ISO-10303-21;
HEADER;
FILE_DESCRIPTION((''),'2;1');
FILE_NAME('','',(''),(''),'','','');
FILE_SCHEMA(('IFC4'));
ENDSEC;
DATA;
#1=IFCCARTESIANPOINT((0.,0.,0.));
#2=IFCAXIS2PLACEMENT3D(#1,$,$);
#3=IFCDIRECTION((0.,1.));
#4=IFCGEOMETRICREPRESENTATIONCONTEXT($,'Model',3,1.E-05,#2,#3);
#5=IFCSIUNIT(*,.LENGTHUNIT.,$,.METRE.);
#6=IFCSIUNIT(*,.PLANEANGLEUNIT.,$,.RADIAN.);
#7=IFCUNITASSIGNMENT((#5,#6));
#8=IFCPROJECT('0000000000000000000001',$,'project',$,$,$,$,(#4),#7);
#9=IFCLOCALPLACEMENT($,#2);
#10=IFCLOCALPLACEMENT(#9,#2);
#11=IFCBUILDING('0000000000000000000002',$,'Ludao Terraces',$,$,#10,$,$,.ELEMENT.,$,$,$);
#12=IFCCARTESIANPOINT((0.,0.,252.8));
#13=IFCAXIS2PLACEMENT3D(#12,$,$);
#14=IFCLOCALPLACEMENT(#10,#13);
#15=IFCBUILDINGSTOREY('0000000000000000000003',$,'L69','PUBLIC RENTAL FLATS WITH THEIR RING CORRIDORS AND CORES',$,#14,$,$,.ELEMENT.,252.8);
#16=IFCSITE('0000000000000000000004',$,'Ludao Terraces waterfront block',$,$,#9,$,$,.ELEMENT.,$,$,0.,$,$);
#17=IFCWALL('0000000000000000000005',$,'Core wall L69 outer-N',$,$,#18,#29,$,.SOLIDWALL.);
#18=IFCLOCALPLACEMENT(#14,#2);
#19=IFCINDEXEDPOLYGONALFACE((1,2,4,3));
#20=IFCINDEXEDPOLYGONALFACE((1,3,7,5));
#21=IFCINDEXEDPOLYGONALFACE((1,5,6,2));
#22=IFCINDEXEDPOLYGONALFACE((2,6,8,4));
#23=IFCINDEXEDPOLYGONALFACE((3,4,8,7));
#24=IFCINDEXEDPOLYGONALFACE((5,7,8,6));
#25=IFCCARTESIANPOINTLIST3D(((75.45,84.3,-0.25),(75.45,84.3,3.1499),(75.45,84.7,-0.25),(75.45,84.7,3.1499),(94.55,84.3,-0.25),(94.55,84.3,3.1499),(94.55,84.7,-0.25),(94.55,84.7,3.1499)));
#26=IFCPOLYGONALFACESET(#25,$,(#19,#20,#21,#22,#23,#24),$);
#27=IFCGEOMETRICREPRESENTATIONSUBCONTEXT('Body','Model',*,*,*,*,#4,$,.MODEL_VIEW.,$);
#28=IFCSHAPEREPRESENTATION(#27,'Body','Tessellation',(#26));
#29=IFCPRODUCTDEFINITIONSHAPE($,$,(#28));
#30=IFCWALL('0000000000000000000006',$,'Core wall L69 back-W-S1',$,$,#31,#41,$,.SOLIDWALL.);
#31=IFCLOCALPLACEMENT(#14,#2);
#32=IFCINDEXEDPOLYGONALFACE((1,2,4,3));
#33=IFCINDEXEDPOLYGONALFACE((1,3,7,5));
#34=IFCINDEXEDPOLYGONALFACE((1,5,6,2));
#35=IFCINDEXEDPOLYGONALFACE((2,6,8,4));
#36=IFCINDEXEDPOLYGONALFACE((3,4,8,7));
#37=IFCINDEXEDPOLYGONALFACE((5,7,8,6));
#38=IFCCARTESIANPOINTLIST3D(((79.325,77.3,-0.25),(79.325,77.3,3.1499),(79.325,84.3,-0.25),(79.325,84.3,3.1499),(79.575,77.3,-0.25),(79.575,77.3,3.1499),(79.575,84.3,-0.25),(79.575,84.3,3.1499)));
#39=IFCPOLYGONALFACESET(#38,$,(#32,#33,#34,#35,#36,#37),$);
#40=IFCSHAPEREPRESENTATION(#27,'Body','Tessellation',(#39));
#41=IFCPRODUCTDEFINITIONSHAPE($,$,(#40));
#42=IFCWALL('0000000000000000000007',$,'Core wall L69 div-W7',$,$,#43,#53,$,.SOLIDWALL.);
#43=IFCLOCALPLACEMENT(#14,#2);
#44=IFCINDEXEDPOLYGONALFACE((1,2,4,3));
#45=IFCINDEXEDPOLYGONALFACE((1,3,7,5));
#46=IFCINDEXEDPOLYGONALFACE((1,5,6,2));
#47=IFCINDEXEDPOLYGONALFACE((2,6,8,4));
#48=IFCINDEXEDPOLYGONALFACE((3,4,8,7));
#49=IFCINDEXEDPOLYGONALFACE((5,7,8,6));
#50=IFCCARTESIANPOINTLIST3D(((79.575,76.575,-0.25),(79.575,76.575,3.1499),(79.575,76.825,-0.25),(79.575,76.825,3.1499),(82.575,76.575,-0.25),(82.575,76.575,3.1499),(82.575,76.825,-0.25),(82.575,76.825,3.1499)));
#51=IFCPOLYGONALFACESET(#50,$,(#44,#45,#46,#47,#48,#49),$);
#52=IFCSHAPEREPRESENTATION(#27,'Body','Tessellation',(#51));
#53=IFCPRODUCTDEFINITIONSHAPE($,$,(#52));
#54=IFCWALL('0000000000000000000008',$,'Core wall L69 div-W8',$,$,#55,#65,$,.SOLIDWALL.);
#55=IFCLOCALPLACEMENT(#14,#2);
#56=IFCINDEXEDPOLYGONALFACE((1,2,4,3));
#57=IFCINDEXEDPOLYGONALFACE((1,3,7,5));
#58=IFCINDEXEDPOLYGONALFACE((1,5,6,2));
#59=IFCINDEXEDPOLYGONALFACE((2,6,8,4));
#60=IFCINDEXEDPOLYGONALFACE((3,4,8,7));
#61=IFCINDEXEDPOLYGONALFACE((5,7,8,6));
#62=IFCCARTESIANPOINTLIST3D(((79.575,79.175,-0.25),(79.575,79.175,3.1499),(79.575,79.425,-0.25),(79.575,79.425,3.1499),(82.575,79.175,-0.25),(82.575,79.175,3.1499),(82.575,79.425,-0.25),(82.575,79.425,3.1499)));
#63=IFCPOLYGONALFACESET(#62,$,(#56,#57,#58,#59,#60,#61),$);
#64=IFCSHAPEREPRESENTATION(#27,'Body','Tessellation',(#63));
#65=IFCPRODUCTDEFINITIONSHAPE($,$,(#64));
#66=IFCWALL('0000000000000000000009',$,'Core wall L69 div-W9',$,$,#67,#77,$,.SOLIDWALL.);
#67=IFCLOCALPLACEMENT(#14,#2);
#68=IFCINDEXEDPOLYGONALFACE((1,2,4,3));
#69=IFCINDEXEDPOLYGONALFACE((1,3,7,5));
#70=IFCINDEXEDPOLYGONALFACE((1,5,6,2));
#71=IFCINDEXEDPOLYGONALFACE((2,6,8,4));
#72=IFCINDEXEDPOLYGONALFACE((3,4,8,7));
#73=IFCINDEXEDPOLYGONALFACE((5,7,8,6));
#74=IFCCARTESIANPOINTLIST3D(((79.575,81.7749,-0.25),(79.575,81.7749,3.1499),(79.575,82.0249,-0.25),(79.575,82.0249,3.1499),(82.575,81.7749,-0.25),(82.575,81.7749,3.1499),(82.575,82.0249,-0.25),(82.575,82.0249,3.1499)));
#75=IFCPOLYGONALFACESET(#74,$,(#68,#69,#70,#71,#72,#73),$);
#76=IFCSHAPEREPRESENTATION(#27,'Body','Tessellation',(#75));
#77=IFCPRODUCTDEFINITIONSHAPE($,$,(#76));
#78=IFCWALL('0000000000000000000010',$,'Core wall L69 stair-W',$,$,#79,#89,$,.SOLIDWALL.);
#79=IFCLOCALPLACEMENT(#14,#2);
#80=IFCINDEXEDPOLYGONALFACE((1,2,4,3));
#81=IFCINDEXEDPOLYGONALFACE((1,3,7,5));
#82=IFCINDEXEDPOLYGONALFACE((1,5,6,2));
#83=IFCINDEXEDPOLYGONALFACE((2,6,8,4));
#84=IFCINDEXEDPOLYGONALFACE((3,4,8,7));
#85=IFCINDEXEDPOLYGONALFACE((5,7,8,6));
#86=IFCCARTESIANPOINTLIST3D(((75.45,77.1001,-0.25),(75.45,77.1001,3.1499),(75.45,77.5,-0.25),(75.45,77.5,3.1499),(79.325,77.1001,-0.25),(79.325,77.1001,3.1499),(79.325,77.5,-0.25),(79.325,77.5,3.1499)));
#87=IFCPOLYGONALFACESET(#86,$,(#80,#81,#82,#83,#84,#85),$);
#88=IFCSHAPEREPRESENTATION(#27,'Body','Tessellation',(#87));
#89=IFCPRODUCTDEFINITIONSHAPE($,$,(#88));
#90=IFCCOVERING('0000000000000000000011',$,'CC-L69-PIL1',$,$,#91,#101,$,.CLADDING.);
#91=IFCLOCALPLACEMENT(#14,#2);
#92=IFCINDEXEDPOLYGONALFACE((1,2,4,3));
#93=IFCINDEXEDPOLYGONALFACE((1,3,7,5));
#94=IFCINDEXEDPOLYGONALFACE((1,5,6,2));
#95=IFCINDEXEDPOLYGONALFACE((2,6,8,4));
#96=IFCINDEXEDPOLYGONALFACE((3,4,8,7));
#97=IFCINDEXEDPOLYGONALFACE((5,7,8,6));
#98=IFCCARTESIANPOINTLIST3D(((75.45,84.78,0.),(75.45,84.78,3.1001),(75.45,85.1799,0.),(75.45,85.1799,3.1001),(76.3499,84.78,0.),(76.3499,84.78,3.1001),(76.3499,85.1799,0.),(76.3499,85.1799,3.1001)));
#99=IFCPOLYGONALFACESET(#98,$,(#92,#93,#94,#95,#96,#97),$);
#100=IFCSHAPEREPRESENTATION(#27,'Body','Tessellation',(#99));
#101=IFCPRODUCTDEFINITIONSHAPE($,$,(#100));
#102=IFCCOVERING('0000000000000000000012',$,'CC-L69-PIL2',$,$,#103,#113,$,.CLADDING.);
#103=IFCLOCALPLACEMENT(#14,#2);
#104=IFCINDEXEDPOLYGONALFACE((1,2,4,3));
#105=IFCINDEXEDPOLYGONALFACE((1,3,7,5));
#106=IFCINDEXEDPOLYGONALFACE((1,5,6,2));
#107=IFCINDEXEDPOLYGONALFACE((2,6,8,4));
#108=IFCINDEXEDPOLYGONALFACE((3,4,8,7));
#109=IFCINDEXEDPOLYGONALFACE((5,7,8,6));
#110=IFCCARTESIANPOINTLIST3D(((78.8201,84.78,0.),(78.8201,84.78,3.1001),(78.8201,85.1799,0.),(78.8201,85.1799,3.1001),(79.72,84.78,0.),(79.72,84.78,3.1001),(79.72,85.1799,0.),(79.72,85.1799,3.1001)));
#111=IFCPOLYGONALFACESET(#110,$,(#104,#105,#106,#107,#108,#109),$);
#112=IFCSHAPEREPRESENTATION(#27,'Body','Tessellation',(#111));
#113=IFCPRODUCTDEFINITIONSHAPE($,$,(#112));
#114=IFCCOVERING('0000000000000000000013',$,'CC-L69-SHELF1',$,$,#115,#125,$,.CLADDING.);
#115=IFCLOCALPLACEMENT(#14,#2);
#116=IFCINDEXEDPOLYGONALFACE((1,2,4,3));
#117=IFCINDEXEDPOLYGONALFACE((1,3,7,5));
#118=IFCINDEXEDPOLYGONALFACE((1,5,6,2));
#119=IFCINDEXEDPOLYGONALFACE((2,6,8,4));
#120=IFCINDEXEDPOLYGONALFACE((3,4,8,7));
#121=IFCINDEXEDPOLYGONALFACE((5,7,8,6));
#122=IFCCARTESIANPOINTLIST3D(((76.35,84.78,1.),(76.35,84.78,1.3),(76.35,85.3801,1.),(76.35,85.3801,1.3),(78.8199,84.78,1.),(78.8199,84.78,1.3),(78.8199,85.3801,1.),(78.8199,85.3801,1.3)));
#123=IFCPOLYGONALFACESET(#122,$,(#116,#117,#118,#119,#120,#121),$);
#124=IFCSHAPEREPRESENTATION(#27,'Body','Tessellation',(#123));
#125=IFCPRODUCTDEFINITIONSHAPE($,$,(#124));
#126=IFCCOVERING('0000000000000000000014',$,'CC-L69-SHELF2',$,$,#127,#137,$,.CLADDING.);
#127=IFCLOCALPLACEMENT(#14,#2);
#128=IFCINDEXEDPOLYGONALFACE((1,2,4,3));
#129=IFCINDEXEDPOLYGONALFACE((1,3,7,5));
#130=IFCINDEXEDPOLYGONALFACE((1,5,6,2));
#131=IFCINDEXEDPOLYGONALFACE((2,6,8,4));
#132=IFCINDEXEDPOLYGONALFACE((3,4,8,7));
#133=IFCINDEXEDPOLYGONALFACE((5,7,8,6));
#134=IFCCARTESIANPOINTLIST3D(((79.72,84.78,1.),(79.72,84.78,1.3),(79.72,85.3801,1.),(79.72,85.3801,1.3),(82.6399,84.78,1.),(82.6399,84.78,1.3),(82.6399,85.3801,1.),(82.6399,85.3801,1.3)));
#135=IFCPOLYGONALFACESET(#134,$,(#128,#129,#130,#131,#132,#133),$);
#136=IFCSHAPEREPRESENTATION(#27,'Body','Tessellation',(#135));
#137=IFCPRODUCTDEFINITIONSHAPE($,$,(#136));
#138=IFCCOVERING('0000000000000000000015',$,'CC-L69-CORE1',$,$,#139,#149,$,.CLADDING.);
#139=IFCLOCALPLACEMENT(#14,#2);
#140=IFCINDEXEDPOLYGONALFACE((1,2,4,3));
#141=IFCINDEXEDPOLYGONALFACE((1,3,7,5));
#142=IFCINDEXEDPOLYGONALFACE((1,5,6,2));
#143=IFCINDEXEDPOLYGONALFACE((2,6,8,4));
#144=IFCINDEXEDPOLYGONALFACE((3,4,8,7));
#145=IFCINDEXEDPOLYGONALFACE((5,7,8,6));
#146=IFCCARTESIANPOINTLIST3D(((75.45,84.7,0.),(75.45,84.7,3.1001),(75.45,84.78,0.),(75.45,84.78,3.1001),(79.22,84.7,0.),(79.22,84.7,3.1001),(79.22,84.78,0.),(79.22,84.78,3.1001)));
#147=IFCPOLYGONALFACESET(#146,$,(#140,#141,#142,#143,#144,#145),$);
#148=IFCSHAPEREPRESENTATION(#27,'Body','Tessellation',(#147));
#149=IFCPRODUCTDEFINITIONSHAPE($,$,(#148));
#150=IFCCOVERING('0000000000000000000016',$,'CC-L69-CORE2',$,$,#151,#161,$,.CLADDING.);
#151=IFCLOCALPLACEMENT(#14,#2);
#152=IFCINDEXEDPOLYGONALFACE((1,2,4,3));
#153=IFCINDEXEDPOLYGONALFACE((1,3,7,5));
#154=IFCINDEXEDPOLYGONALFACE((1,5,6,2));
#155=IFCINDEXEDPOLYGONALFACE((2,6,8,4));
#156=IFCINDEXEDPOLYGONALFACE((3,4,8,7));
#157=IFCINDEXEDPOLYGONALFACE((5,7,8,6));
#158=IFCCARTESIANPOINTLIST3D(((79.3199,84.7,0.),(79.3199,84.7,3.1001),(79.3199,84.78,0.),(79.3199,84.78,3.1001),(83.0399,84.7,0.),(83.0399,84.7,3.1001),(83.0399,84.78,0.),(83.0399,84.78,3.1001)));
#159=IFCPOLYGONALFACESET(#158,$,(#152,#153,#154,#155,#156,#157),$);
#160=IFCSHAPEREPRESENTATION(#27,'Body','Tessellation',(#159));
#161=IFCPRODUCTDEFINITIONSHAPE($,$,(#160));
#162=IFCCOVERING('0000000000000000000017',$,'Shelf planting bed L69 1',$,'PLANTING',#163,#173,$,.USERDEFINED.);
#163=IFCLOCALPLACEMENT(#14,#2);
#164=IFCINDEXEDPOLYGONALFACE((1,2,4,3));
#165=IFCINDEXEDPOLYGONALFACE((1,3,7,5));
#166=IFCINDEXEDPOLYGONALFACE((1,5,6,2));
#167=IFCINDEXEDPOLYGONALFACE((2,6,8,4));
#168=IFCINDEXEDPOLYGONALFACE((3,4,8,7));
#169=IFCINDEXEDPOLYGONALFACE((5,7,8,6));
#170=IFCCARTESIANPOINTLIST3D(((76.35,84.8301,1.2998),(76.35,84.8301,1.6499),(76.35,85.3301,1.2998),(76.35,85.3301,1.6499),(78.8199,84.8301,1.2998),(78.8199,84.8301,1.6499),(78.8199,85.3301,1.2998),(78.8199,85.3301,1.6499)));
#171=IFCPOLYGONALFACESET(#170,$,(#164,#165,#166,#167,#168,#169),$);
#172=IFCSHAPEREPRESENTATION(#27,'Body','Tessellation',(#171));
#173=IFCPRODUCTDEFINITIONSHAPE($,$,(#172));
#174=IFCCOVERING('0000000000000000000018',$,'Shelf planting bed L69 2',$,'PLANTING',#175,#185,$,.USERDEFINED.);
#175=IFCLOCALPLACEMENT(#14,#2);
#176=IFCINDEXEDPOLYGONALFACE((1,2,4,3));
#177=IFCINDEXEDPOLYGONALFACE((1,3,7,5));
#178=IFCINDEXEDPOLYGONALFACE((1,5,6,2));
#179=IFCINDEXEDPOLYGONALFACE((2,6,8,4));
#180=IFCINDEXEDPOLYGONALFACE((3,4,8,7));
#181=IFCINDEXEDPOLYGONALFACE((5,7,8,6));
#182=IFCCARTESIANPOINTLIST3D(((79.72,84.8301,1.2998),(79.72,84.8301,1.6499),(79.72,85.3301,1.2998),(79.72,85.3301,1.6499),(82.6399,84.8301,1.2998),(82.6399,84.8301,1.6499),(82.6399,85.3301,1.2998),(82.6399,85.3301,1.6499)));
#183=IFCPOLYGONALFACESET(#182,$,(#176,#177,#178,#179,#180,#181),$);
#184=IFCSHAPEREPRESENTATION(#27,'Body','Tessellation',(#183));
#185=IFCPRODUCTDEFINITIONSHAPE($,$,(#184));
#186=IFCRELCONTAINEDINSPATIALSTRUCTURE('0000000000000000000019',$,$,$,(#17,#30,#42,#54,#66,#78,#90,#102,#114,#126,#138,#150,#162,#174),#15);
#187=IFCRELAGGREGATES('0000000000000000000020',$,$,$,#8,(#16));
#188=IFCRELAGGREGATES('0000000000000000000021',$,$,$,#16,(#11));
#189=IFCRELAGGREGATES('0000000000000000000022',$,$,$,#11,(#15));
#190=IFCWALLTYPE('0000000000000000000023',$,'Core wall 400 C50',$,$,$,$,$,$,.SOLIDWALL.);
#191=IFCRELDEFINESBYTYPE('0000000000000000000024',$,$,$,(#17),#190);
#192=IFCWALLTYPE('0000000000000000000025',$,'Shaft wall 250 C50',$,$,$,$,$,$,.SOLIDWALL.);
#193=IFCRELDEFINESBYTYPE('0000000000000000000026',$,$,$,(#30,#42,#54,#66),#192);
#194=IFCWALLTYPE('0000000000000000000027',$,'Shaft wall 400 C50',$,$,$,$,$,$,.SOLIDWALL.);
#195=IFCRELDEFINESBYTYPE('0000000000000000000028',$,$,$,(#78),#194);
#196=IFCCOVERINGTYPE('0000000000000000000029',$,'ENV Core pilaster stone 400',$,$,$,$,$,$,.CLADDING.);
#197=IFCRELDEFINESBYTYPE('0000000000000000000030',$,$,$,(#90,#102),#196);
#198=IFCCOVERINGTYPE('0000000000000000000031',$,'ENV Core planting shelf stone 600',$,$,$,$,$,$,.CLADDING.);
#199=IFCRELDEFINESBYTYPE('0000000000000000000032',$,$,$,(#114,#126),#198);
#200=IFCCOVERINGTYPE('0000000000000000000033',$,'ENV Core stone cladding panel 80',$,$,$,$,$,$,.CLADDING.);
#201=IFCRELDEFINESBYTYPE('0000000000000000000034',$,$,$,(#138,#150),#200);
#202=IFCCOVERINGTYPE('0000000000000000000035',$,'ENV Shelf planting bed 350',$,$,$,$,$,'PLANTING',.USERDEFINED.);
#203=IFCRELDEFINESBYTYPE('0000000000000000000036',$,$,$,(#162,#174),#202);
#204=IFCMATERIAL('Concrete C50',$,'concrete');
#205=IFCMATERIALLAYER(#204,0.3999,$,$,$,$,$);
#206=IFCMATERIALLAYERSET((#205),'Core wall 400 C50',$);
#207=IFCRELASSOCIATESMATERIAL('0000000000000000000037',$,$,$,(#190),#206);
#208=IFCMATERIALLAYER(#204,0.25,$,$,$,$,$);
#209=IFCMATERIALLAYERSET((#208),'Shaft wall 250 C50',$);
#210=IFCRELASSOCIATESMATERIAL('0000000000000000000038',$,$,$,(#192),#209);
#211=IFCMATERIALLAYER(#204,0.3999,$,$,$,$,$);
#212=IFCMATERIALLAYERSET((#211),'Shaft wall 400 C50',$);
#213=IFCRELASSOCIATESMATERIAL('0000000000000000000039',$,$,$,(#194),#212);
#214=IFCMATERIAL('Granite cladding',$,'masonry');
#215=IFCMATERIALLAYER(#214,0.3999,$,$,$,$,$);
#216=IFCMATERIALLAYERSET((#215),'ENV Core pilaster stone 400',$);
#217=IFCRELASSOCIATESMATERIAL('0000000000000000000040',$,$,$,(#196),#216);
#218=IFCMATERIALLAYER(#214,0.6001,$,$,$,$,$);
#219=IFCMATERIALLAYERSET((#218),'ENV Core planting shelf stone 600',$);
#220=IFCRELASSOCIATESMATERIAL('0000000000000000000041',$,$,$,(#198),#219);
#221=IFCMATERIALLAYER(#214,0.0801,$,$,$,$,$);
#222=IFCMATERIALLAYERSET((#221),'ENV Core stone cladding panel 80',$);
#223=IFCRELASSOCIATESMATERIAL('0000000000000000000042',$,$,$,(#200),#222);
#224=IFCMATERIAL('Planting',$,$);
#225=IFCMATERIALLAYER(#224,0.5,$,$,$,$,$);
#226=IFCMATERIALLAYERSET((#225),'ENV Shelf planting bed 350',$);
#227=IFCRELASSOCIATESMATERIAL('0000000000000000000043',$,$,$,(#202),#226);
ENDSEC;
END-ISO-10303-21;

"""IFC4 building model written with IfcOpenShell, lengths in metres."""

from ifc_helpers import new_model, si_unit, direction, frame, frame_2d, origin, origin_2d, place, context, subcontext, project, spatial, rectangle, extrude, material, layer, layer_set, type_object, element, save


model = new_model("IFC4")

# Units and contexts
model_context = context("Model", 3, precision=1e-05, world=origin(), true_north=direction((0.0, 1.0)))
body_context = subcontext(model_context, "Body", "Model", "MODEL_VIEW")
ifc_project = project(units=[si_unit("LENGTHUNIT", "METRE"), si_unit("PLANEANGLEUNIT", "RADIAN")], contexts=[model_context])

# Site, building, storey
site_placement = place(None, origin())
site = spatial("IfcSite", under=ifc_project, at=site_placement, Name="Ludao Terraces waterfront block", CompositionType="ELEMENT", RefElevation=0.0)
building_placement = place(site_placement, origin())
building = spatial("IfcBuilding", under=site, at=building_placement, Name="Ludao Terraces", CompositionType="ELEMENT")
storey_placement = place(building_placement, frame((0.0, 0.0, 252.8)))
storey = spatial("IfcBuildingStorey", under=building, at=storey_placement, Name="L69", Description="PUBLIC RENTAL FLATS WITH THEIR RING CORRIDORS AND CORES", CompositionType="ELEMENT", Elevation=252.8)

# Walls
ifc_material_1 = material(Name="Concrete C50", Category="concrete")
ifc_layer_1 = layer(ifc_material_1, 0.3999)
ifc_layer_set_1 = layer_set([ifc_layer_1], Name="Core wall 400 C50")
wall_type_1 = type_object("IfcWallType", Name="Core wall 400 C50", PredefinedType="SOLIDWALL", material=ifc_layer_set_1)
wall_1_placement = place(storey_placement, frame((75.45, 84.5, -0.25), z_axis=(0.0, 0.0, 1.0), x_axis=(1.0, 0.0, 0.0)))
element("IfcWall", 1, at=wall_1_placement, inside=storey, type_object=wall_type_1, Name="Core wall L69 outer-N", PredefinedType="SOLIDWALL", context=body_context, shape_type="SweptSolid", body=[
    extrude(rectangle(XDim=19.1001, YDim=0.3999, at=frame_2d((9.55, 0.0))), origin(), (0.0, 0.0, 1.0), 3.3999),
])
ifc_layer_2 = layer(ifc_material_1, 0.25)
ifc_layer_set_2 = layer_set([ifc_layer_2], Name="Shaft wall 250 C50")
wall_type_2 = type_object("IfcWallType", Name="Shaft wall 250 C50", PredefinedType="SOLIDWALL", material=ifc_layer_set_2)
wall_2_placement = place(storey_placement, frame((79.45, 77.3, -0.25), z_axis=(0.0, 0.0, 1.0), x_axis=(0.0, 1.0, 0.0)))
element("IfcWall", 2, at=wall_2_placement, inside=storey, type_object=wall_type_2, Name="Core wall L69 back-W-S1", PredefinedType="SOLIDWALL", context=body_context, shape_type="SweptSolid", body=[
    extrude(rectangle(XDim=7.0, YDim=0.25, at=frame_2d((3.5, 0.0))), origin(), (0.0, 0.0, 1.0), 3.3999),
])
for number, where, z_axis, x_axis, name in (
    (3, (79.575, 76.7, -0.25), (0.0, 0.0, 1.0), (1.0, 0.0, 0.0), "Core wall L69 div-W7"),
    (4, (79.575, 79.3, -0.25), (0.0, 0.0, 1.0), (1.0, 0.0, 0.0), "Core wall L69 div-W8"),
    (5, (79.575, 81.8999, -0.25), (0.0, 0.0, 1.0), (1.0, 0.0, 0.0), "Core wall L69 div-W9"),
):
    element("IfcWall", number, at=place(storey_placement, frame(where, z_axis=z_axis, x_axis=x_axis)), inside=storey, type_object=wall_type_2, Name=name, PredefinedType="SOLIDWALL", context=body_context, shape_type="SweptSolid", body=[
        extrude(rectangle(XDim=3.0, YDim=0.25, at=frame_2d((1.5, 0.0))), origin(), (0.0, 0.0, 1.0), 3.3999),
    ])
ifc_layer_3 = layer(ifc_material_1, 0.3999)
ifc_layer_set_3 = layer_set([ifc_layer_3], Name="Shaft wall 400 C50")
wall_type_3 = type_object("IfcWallType", Name="Shaft wall 400 C50", PredefinedType="SOLIDWALL", material=ifc_layer_set_3)
wall_3_placement = place(storey_placement, frame((75.45, 77.3, -0.25), z_axis=(0.0, 0.0, 1.0), x_axis=(1.0, 0.0, 0.0)))
element("IfcWall", 6, at=wall_3_placement, inside=storey, type_object=wall_type_3, Name="Core wall L69 stair-W", PredefinedType="SOLIDWALL", context=body_context, shape_type="SweptSolid", body=[
    extrude(rectangle(XDim=3.875, YDim=0.3999, at=frame_2d((1.9375, 0.0))), origin(), (0.0, 0.0, 1.0), 3.3999),
])

# Coverings
ifc_material_2 = material(Name="Granite cladding", Category="masonry")
ifc_layer_4 = layer(ifc_material_2, 0.3999)
ifc_layer_set_4 = layer_set([ifc_layer_4], Name="ENV Core pilaster stone 400")
covering_type_1 = type_object("IfcCoveringType", Name="ENV Core pilaster stone 400", PredefinedType="CLADDING", material=ifc_layer_set_4)
for number, where, z_axis, x_axis, name in (
    (7, (75.8999, 84.98, 0.0), (0.0, 0.0, 1.0), (1.0, 0.0, 0.0), "CC-L69-PIL1"),
    (8, (79.27, 84.98, 0.0), (0.0, 0.0, 1.0), (1.0, 0.0, 0.0), "CC-L69-PIL2"),
):
    element("IfcCovering", number, at=place(storey_placement, frame(where, z_axis=z_axis, x_axis=x_axis)), inside=storey, type_object=covering_type_1, Name=name, PredefinedType="CLADDING", context=body_context, shape_type="SweptSolid", body=[
        extrude(rectangle(XDim=0.8999, YDim=0.3999, at=origin_2d()), origin(), (0.0, 0.0, 1.0), 3.1001),
    ])
ifc_layer_5 = layer(ifc_material_2, 0.6001)
ifc_layer_set_5 = layer_set([ifc_layer_5], Name="ENV Core planting shelf stone 600")
covering_type_2 = type_object("IfcCoveringType", Name="ENV Core planting shelf stone 600", PredefinedType="CLADDING", material=ifc_layer_set_5)
covering_1_placement = place(storey_placement, frame((77.585, 85.0801, 1.0), z_axis=(0.0, 0.0, 1.0), x_axis=(1.0, 0.0, 0.0)))
element("IfcCovering", 9, at=covering_1_placement, inside=storey, type_object=covering_type_2, Name="CC-L69-SHELF1", PredefinedType="CLADDING", context=body_context, shape_type="SweptSolid", body=[
    extrude(rectangle(XDim=2.47, YDim=0.6001, at=origin_2d()), origin(), (0.0, 0.0, 1.0), 0.3),
])
covering_2_placement = place(storey_placement, frame((81.1799, 85.0801, 1.0), z_axis=(0.0, 0.0, 1.0), x_axis=(1.0, 0.0, 0.0)))
element("IfcCovering", 10, at=covering_2_placement, inside=storey, type_object=covering_type_2, Name="CC-L69-SHELF2", PredefinedType="CLADDING", context=body_context, shape_type="SweptSolid", body=[
    extrude(rectangle(XDim=2.9199, YDim=0.6001, at=origin_2d()), origin(), (0.0, 0.0, 1.0), 0.3),
])
ifc_layer_6 = layer(ifc_material_2, 0.0801)
ifc_layer_set_6 = layer_set([ifc_layer_6], Name="ENV Core stone cladding panel 80")
covering_type_3 = type_object("IfcCoveringType", Name="ENV Core stone cladding panel 80", PredefinedType="CLADDING", material=ifc_layer_set_6)
covering_3_placement = place(storey_placement, frame((77.335, 84.74, 0.0), z_axis=(0.0, 0.0, 1.0), x_axis=(1.0, 0.0, 0.0)))
element("IfcCovering", 11, at=covering_3_placement, inside=storey, type_object=covering_type_3, Name="CC-L69-CORE1", PredefinedType="CLADDING", context=body_context, shape_type="SweptSolid", body=[
    extrude(rectangle(XDim=3.77, YDim=0.0801, at=origin_2d()), origin(), (0.0, 0.0, 1.0), 3.1001),
])
covering_4_placement = place(storey_placement, frame((81.1799, 84.74, 0.0), z_axis=(0.0, 0.0, 1.0), x_axis=(1.0, 0.0, 0.0)))
element("IfcCovering", 12, at=covering_4_placement, inside=storey, type_object=covering_type_3, Name="CC-L69-CORE2", PredefinedType="CLADDING", context=body_context, shape_type="SweptSolid", body=[
    extrude(rectangle(XDim=3.72, YDim=0.0801, at=origin_2d()), origin(), (0.0, 0.0, 1.0), 3.1001),
])
ifc_material_3 = material(Name="Planting")
ifc_layer_7 = layer(ifc_material_3, 0.5)
ifc_layer_set_7 = layer_set([ifc_layer_7], Name="ENV Shelf planting bed 350")
covering_type_4 = type_object("IfcCoveringType", Name="ENV Shelf planting bed 350", ElementType="PLANTING", PredefinedType="USERDEFINED", material=ifc_layer_set_7)
covering_5_placement = place(storey_placement, frame((77.585, 85.0801, 1.2998), z_axis=(0.0, 0.0, 1.0), x_axis=(1.0, 0.0, 0.0)))
element("IfcCovering", 13, at=covering_5_placement, inside=storey, type_object=covering_type_4, Name="Shelf planting bed L69 1", ObjectType="PLANTING", PredefinedType="USERDEFINED", context=body_context, shape_type="SweptSolid", body=[
    extrude(rectangle(XDim=2.47, YDim=0.5, at=origin_2d()), origin(), (0.0, 0.0, 1.0), 0.3501),
])
covering_6_placement = place(storey_placement, frame((81.1799, 85.0801, 1.2998), z_axis=(0.0, 0.0, 1.0), x_axis=(1.0, 0.0, 0.0)))
element("IfcCovering", 14, at=covering_6_placement, inside=storey, type_object=covering_type_4, Name="Shelf planting bed L69 2", ObjectType="PLANTING", PredefinedType="USERDEFINED", context=body_context, shape_type="SweptSolid", body=[
    extrude(rectangle(XDim=2.9199, YDim=0.5, at=origin_2d()), origin(), (0.0, 0.0, 1.0), 0.3501),
])

save(model, "model.ifc")
